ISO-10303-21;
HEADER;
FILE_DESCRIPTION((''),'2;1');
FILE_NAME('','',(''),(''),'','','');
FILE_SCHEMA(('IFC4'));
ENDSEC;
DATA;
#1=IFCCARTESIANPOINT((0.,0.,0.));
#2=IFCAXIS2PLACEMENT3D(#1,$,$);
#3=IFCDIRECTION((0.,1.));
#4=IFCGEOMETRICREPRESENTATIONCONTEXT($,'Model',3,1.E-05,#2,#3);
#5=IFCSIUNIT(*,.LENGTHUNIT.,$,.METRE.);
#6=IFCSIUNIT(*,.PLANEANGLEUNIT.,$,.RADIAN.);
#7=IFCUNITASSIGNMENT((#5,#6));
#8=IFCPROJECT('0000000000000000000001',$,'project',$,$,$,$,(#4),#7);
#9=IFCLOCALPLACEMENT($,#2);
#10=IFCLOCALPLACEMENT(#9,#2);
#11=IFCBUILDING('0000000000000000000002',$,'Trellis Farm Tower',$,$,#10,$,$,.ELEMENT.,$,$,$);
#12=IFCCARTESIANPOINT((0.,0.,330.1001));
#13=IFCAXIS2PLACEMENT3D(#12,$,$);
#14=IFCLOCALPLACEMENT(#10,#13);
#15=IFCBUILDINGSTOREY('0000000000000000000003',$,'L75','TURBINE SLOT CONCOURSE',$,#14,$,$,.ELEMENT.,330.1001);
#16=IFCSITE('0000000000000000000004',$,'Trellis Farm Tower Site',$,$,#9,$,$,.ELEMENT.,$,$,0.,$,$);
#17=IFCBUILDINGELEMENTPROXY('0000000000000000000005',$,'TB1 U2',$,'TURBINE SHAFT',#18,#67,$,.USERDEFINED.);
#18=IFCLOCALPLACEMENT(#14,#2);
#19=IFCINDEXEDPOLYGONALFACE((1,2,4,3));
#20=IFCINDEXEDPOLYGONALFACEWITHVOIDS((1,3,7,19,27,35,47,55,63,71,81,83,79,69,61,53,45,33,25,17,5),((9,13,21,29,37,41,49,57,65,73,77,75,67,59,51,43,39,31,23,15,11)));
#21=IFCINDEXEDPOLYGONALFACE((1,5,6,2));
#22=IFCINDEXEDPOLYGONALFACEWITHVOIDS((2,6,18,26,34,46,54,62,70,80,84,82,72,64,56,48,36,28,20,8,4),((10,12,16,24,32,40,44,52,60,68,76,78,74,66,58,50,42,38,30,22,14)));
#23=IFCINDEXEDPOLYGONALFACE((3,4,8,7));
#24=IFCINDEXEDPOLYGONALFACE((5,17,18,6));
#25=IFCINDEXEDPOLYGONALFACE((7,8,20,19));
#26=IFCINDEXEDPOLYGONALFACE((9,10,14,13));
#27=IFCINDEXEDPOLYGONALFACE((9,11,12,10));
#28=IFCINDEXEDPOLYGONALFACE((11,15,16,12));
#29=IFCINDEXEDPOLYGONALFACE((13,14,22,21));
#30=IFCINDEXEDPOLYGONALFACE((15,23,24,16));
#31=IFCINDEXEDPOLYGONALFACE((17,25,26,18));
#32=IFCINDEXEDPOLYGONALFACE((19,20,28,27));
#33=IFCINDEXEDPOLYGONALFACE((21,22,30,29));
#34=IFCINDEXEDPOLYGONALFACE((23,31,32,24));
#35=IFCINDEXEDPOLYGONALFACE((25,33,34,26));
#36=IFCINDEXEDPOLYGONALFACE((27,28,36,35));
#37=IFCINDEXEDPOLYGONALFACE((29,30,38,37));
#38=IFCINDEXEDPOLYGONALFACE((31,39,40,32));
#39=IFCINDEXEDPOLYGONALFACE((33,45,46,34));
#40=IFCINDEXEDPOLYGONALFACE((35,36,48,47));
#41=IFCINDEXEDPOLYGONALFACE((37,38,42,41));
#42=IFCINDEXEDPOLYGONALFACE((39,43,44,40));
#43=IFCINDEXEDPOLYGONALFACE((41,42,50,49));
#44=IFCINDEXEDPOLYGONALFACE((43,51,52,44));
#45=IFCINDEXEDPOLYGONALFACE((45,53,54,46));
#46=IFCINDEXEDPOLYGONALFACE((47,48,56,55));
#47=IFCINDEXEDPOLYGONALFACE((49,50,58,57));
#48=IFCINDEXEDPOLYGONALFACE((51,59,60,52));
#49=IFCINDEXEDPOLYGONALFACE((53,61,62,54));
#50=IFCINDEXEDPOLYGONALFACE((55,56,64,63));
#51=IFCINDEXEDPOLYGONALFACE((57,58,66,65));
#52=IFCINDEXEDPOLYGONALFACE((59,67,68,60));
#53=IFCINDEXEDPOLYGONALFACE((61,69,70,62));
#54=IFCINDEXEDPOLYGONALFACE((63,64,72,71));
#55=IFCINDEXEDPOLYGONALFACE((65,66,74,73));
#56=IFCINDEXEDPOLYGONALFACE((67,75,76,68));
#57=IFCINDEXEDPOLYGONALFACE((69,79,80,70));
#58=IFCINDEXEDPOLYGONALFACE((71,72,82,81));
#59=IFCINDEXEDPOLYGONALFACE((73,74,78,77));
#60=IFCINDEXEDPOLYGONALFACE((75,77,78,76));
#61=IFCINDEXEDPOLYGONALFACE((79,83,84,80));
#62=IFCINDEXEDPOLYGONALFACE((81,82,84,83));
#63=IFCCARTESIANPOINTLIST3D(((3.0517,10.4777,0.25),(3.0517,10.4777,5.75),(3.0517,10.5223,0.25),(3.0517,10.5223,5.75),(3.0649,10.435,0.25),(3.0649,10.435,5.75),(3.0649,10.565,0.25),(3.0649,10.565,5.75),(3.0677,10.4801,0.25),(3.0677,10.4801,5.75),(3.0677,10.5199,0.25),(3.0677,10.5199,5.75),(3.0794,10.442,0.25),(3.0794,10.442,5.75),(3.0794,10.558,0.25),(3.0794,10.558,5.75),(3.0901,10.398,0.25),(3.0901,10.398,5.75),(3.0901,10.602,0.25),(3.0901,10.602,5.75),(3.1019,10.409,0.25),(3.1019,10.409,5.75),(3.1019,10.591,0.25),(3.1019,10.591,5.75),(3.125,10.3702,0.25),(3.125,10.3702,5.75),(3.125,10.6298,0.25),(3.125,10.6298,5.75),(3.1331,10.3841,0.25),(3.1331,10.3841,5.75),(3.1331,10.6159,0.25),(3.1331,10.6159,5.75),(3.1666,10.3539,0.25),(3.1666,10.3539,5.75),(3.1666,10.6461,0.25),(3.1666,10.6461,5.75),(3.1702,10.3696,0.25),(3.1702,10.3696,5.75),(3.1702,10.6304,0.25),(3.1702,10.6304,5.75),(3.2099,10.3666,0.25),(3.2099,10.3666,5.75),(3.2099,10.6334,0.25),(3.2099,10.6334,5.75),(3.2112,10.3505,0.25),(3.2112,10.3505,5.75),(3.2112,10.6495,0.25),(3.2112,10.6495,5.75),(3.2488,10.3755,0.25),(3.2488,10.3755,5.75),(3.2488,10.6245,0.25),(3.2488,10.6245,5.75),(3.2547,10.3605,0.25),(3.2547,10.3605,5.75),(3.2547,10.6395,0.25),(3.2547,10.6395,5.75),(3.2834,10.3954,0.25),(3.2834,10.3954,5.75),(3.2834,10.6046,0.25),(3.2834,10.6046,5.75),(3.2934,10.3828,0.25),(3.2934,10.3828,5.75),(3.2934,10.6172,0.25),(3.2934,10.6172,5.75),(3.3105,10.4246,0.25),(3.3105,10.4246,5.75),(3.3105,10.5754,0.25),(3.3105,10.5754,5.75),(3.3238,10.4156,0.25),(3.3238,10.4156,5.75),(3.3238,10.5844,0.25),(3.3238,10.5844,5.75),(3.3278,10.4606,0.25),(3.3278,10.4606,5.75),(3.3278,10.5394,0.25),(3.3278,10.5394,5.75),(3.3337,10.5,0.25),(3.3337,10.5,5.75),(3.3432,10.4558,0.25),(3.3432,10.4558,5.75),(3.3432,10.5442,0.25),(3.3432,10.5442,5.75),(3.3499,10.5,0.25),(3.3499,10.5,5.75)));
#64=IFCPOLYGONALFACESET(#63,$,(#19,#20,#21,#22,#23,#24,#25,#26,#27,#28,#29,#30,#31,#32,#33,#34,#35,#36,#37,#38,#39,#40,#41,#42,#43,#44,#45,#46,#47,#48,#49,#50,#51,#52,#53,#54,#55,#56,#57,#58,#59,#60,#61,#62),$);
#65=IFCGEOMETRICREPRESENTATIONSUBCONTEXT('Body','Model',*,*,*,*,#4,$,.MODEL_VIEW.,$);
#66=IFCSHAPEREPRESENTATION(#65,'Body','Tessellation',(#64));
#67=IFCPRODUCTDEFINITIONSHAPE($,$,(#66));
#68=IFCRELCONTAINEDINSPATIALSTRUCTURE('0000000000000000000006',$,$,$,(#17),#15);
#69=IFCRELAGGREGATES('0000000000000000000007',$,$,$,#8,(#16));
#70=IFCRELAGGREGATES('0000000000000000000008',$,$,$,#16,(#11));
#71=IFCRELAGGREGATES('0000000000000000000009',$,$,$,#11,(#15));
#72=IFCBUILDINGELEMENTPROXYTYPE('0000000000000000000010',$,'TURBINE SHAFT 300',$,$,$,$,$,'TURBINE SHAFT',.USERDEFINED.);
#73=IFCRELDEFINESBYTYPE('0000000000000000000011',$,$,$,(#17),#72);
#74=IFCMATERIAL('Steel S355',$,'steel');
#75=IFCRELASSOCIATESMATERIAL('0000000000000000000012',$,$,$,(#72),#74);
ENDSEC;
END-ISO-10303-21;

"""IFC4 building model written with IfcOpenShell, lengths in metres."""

from ifc_helpers import new_model, si_unit, direction, frame, origin, origin_2d, place, context, subcontext, project, spatial, hollow_circle, extrude, source, transform, mapped, material, material_profile, profile_set, type_object, element, save


model = new_model("IFC4")

# Units and contexts
model_context = context("Model", 3, precision=1e-05, world=origin(), true_north=direction((0.0, 1.0)))
body_context = subcontext(model_context, "Body", "Model", "MODEL_VIEW")
ifc_project = project(units=[si_unit("LENGTHUNIT", "METRE"), si_unit("PLANEANGLEUNIT", "RADIAN")], contexts=[model_context])

# Site, building, storey
site_placement = place(None, origin())
site = spatial("IfcSite", under=ifc_project, at=site_placement, Name="Trellis Farm Tower Site", CompositionType="ELEMENT", RefElevation=0.0)
building_placement = place(site_placement, origin())
building = spatial("IfcBuilding", under=site, at=building_placement, Name="Trellis Farm Tower", CompositionType="ELEMENT")
storey_placement = place(building_placement, frame((0.0, 0.0, 330.1001)))
storey = spatial("IfcBuildingStorey", under=building, at=storey_placement, Name="L75", Description="TURBINE SLOT CONCOURSE", CompositionType="ELEMENT", Elevation=330.1001)

# Building element proxy
ifc_material_1 = material(Name="Steel S355", Category="steel")
ifc_material_profile_1 = material_profile(ifc_material_1, hollow_circle(Radius=0.1499, WallThickness=0.0161, at=origin_2d()), Name="CHS 300x16")
ifc_profile_set_1 = profile_set([ifc_material_profile_1], Name="Steel S355")
building_element_proxy_type_1 = type_object("IfcBuildingElementProxyType", Name="TURBINE SHAFT 300", ElementType="TURBINE SHAFT", PredefinedType="USERDEFINED", material=ifc_profile_set_1)
shared_shape_1 = source(origin(), body_context, "Body", "SweptSolid", [
    extrude(hollow_circle(Radius=0.1499, WallThickness=0.0161, at=origin_2d()), origin(), (0.0, 0.0, 1.0), 5.5),
])
proxy_1_placement = place(storey_placement, frame((3.2, 10.5, 0.25), z_axis=(0.0, 0.0, 1.0), x_axis=(1.0, 0.0, 0.0)))
element("IfcBuildingElementProxy", 1, at=proxy_1_placement, inside=storey, type_object=building_element_proxy_type_1, Name="TB1 U2", ObjectType="TURBINE SHAFT", PredefinedType="USERDEFINED", context=body_context, shape_type="MappedRepresentation", body=[
    mapped(shared_shape_1, transform((0.0, 0.0, 0.0))),
])

save(model, "model.ifc")
